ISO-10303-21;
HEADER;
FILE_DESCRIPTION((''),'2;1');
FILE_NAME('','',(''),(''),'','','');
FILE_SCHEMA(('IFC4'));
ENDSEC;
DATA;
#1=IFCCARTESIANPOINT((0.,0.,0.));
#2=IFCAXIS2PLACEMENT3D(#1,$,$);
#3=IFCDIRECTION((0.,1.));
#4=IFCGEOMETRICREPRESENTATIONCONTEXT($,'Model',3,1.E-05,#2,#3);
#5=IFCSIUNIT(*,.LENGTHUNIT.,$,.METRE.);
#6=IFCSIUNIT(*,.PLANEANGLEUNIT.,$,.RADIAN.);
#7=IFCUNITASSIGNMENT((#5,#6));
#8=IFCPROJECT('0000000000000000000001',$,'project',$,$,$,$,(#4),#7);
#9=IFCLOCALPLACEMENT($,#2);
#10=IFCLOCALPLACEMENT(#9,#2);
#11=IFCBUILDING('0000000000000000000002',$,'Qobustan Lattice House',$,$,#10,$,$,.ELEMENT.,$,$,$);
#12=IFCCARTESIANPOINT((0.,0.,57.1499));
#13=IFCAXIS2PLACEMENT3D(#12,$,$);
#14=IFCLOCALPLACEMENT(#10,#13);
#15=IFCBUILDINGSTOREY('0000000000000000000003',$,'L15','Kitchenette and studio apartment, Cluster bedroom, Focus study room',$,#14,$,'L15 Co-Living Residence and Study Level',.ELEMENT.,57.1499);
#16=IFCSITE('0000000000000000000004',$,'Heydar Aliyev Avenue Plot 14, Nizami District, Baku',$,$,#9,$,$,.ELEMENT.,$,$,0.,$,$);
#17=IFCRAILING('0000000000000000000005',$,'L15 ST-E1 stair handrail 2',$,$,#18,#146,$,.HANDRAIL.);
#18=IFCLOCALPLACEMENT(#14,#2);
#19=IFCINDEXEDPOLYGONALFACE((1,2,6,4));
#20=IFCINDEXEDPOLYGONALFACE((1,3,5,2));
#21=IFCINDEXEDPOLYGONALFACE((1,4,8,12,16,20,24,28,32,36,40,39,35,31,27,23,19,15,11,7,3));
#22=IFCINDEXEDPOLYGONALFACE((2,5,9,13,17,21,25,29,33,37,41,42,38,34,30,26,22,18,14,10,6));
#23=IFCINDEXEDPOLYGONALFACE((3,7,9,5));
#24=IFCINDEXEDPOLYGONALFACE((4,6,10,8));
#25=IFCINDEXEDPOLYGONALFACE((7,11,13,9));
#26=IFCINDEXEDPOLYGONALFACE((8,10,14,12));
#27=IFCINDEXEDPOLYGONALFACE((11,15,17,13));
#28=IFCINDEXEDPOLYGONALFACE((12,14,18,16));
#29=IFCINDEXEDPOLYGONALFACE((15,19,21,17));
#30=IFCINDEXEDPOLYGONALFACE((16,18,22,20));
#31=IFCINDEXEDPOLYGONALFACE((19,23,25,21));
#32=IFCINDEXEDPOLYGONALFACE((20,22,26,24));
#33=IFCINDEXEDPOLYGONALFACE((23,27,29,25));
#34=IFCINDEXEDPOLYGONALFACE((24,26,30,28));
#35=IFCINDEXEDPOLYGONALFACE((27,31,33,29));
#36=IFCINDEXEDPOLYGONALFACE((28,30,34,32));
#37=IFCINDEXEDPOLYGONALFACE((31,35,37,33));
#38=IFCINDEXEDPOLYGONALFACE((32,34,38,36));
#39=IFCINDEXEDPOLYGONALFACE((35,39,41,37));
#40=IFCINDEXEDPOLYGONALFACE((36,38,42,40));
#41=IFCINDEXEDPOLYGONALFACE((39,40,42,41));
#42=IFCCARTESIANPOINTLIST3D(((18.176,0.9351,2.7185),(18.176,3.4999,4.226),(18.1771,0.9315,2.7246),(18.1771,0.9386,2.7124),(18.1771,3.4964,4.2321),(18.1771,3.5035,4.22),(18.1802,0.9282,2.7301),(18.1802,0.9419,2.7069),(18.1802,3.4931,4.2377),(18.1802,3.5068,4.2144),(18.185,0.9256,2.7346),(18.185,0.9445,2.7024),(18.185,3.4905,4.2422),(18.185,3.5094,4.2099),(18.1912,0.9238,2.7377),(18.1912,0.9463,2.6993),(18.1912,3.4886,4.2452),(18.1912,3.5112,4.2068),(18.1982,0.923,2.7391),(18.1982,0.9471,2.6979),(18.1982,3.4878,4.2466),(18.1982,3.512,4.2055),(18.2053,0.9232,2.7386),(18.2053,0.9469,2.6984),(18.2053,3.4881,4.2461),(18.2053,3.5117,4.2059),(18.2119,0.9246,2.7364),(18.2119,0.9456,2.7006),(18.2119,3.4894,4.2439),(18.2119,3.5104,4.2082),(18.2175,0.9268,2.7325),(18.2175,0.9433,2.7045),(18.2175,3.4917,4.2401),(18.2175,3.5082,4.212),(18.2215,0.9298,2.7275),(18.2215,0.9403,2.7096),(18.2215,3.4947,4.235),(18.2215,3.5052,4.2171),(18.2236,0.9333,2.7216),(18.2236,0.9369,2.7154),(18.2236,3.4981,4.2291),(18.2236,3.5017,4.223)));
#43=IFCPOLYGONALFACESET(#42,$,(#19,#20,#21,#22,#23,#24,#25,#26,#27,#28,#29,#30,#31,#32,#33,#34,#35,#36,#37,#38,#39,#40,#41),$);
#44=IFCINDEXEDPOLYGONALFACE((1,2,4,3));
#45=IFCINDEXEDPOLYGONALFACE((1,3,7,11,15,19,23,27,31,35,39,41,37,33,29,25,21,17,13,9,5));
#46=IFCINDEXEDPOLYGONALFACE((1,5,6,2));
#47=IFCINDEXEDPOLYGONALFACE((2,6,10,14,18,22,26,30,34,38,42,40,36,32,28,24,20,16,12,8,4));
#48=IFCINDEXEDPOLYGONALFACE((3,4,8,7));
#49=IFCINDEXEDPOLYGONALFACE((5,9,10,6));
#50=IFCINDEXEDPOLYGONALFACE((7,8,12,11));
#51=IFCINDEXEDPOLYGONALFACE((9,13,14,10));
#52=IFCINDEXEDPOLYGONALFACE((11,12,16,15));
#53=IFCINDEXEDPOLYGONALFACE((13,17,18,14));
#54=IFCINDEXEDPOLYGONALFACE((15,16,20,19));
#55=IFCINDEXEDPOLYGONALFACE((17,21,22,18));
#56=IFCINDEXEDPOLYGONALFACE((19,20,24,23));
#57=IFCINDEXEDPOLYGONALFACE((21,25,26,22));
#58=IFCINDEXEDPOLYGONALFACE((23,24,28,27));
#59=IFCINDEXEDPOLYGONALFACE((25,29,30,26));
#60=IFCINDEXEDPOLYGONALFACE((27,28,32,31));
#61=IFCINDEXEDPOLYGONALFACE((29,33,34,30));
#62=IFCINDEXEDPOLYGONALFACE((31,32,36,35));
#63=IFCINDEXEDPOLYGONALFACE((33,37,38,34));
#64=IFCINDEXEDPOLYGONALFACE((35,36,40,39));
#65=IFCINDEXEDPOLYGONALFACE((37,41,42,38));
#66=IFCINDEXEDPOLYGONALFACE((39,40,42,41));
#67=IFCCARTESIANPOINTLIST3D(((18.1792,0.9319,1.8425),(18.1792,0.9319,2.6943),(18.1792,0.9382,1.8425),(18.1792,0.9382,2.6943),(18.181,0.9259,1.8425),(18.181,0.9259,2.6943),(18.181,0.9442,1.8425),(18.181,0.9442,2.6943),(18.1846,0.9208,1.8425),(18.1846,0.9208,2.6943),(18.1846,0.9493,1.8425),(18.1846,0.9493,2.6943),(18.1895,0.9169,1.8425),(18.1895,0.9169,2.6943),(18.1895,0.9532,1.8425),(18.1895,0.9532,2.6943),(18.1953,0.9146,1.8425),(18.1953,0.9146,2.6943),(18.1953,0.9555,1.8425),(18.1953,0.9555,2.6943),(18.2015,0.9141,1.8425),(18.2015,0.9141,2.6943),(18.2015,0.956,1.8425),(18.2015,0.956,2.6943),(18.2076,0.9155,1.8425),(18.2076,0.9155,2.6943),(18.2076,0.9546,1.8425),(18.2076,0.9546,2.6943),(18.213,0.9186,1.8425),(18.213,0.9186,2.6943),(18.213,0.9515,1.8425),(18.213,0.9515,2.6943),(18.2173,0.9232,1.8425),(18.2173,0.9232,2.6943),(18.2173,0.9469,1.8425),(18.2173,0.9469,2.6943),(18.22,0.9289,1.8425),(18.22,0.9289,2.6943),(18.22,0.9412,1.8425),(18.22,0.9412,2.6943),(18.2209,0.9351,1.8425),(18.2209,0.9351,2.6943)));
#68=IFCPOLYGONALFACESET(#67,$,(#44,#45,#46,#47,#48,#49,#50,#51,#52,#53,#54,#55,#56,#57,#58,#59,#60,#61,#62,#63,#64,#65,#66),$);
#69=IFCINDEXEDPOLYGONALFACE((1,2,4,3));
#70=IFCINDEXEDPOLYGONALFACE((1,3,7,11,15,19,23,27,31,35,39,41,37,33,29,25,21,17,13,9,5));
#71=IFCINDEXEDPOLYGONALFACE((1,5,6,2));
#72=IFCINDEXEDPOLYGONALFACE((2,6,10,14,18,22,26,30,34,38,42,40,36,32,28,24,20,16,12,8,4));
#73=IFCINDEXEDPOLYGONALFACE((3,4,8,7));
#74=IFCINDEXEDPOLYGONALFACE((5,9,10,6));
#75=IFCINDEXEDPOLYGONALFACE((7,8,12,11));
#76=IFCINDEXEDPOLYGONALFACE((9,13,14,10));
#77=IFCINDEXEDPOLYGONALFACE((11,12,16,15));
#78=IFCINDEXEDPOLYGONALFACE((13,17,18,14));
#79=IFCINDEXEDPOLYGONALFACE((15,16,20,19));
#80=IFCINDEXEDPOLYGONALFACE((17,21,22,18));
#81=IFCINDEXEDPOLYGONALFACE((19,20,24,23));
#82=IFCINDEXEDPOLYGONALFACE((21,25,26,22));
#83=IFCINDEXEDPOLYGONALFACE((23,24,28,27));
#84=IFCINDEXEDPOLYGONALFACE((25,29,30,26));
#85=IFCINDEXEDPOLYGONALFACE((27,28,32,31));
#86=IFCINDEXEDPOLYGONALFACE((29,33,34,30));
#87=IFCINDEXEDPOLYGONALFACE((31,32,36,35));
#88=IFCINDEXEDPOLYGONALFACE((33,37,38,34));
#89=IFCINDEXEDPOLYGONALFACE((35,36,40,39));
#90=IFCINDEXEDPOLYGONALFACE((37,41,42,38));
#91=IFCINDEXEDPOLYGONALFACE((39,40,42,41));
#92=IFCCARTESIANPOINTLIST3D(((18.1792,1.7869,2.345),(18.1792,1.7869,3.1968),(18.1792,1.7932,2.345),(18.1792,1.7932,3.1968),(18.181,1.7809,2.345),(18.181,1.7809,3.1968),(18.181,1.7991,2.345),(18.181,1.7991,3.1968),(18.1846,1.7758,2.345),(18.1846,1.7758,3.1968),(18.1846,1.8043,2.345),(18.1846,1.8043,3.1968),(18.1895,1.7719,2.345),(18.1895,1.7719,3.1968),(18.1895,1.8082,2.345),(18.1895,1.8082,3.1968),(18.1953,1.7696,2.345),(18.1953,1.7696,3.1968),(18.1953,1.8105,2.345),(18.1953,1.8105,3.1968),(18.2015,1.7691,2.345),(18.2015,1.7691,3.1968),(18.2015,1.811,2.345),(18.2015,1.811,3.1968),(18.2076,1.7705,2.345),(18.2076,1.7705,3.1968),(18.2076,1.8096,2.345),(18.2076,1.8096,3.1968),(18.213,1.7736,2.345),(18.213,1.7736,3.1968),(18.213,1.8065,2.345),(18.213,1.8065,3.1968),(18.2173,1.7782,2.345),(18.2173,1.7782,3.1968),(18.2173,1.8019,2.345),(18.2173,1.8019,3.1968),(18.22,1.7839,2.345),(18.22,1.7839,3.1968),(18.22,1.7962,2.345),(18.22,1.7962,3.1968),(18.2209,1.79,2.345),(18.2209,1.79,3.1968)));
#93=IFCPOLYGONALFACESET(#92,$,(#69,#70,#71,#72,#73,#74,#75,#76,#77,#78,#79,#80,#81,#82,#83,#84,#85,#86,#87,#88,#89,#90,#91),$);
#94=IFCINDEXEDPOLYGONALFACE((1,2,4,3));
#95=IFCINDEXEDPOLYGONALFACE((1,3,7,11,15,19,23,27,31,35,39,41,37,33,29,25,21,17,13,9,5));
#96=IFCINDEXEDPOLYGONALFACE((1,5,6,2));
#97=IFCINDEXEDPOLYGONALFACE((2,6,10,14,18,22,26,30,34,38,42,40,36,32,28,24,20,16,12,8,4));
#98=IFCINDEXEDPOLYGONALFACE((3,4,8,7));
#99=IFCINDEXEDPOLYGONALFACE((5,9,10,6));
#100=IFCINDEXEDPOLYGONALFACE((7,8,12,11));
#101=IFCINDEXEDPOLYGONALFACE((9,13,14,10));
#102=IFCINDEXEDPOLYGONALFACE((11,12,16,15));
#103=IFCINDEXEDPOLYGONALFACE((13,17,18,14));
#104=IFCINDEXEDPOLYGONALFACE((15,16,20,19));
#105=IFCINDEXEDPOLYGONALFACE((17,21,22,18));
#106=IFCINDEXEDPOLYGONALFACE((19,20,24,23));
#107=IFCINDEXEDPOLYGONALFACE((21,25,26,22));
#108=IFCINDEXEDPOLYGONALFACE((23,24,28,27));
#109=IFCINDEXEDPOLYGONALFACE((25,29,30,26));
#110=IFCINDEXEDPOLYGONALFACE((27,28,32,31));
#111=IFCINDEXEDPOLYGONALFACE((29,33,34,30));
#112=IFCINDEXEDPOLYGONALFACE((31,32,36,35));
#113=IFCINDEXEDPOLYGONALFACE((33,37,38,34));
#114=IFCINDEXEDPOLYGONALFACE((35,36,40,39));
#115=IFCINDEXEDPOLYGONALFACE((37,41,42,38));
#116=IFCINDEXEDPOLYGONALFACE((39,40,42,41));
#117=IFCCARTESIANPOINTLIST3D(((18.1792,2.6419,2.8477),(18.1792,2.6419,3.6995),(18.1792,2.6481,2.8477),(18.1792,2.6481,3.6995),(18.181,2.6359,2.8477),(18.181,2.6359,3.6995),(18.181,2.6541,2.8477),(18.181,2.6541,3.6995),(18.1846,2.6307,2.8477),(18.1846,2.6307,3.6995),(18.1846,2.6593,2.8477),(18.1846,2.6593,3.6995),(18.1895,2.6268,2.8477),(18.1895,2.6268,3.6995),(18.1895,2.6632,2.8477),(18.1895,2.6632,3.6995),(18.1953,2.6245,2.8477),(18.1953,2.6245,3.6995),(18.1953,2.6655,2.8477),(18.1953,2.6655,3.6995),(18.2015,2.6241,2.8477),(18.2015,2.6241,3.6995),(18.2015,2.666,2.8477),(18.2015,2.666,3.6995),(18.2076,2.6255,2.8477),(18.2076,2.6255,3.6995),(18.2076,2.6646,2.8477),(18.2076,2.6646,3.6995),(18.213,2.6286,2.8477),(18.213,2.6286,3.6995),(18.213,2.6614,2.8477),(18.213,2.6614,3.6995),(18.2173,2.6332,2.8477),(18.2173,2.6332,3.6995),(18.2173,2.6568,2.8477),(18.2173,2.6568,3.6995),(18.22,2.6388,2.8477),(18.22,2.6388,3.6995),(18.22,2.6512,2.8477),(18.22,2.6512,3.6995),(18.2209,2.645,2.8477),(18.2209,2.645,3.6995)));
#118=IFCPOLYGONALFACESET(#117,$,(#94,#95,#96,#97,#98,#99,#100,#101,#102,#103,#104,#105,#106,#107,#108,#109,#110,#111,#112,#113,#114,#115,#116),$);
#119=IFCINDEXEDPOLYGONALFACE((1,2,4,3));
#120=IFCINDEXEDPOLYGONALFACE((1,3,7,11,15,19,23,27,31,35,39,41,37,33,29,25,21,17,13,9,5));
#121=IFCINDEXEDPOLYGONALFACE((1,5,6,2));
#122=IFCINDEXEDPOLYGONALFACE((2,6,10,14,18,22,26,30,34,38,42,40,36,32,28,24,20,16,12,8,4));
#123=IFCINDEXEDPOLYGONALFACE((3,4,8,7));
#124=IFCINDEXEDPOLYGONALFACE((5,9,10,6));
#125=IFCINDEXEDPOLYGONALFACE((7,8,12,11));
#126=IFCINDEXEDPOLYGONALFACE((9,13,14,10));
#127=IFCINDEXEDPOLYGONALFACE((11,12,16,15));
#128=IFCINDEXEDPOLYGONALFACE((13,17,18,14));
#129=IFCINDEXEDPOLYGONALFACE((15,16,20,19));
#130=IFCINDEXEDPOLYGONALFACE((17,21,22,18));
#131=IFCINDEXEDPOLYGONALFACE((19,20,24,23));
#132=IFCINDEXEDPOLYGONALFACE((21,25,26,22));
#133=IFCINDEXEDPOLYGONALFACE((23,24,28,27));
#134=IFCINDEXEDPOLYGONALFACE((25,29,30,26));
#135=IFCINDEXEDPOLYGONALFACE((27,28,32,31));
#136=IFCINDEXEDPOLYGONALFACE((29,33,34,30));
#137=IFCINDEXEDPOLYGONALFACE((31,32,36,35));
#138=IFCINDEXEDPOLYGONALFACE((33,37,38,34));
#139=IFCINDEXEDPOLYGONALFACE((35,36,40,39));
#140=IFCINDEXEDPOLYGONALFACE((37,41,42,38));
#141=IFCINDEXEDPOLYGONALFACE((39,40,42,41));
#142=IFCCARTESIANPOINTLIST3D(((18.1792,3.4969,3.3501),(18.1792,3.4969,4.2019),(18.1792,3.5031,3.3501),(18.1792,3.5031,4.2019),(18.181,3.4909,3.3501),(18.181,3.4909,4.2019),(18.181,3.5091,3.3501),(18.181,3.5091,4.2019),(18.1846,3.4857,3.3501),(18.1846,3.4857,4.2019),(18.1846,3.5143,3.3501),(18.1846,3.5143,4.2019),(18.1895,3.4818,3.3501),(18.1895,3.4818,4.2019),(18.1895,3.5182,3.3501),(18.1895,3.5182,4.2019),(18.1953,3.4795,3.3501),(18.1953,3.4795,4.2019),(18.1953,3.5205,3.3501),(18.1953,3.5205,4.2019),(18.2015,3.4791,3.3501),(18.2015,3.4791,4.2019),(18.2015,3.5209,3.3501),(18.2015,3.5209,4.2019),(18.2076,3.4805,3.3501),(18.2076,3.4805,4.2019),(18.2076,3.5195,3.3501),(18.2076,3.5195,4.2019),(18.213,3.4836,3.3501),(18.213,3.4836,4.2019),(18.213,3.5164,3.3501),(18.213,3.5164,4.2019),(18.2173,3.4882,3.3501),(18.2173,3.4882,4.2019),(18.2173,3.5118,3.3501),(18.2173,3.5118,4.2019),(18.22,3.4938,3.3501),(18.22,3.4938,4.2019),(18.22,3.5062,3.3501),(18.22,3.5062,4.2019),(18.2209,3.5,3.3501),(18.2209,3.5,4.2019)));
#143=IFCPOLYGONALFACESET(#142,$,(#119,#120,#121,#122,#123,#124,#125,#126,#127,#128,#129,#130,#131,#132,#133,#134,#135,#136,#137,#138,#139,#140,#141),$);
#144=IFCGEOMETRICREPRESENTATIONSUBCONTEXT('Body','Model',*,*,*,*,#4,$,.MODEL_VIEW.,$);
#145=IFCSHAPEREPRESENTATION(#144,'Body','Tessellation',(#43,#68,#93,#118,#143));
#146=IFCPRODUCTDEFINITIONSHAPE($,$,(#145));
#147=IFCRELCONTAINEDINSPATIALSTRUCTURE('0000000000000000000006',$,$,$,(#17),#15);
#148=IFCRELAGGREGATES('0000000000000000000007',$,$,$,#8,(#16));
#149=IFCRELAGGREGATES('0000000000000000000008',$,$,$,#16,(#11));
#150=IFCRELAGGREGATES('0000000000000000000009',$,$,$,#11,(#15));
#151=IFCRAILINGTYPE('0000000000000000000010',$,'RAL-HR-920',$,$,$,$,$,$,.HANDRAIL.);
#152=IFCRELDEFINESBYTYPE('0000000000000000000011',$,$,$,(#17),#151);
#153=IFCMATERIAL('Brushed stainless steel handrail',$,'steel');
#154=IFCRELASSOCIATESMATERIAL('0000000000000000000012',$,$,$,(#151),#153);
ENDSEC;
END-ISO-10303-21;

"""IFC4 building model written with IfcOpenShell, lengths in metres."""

from ifc_helpers import new_model, si_unit, direction, frame, origin, origin_2d, place, context, subcontext, project, spatial, circle, extrude, material, type_object, element, save


model = new_model("IFC4")

# Units and contexts
model_context = context("Model", 3, precision=1e-05, world=origin(), true_north=direction((0.0, 1.0)))
body_context = subcontext(model_context, "Body", "Model", "MODEL_VIEW")
ifc_project = project(units=[si_unit("LENGTHUNIT", "METRE"), si_unit("PLANEANGLEUNIT", "RADIAN")], contexts=[model_context])

# Site, building, storey
site_placement = place(None, origin())
site = spatial("IfcSite", under=ifc_project, at=site_placement, Name="Heydar Aliyev Avenue Plot 14, Nizami District, Baku", CompositionType="ELEMENT", RefElevation=0.0)
building_placement = place(site_placement, origin())
building = spatial("IfcBuilding", under=site, at=building_placement, Name="Qobustan Lattice House", CompositionType="ELEMENT")
storey_placement = place(building_placement, frame((0.0, 0.0, 57.1499)))
storey = spatial("IfcBuildingStorey", under=building, at=storey_placement, Name="L15", Description="Kitchenette and studio apartment, Cluster bedroom, Focus study room", LongName="L15 Co-Living Residence and Study Level", CompositionType="ELEMENT", Elevation=57.1499)

# Railing
ifc_material_1 = material(Name="Brushed stainless steel handrail", Category="steel")
railing_type = type_object("IfcRailingType", Name="RAL-HR-920", PredefinedType="HANDRAIL", material=ifc_material_1)
railing_placement = place(storey_placement, frame((18.2, 0.9351, 1.8425)))
element("IfcRailing", 1, at=railing_placement, inside=storey, type_object=railing_type, Name="L15 ST-E1 stair handrail 2", PredefinedType="HANDRAIL", context=body_context, shape_type="SweptSolid", body=[
    extrude(circle(Radius=0.0239, at=origin_2d()), frame((0.0, 0.0, 0.876), z_axis=(0.0, 0.862113, 0.506715), x_axis=(-1.0, 0.0, 0.0)), (0.0, 0.0, 1.0), 2.9751),
    extrude(circle(Radius=0.021, at=origin_2d()), origin(), (0.0, 0.0, 1.0), 0.8518),
    extrude(circle(Radius=0.021, at=origin_2d()), frame((0.0, 0.855, 0.5024)), (0.0, 0.0, 1.0), 0.8518),
    extrude(circle(Radius=0.021, at=origin_2d()), frame((0.0, 1.71, 1.0051)), (0.0, 0.0, 1.0), 0.8518),
    extrude(circle(Radius=0.021, at=origin_2d()), frame((0.0, 2.5649, 1.5076)), (0.0, 0.0, 1.0), 0.8518),
])

save(model, "model.ifc")
